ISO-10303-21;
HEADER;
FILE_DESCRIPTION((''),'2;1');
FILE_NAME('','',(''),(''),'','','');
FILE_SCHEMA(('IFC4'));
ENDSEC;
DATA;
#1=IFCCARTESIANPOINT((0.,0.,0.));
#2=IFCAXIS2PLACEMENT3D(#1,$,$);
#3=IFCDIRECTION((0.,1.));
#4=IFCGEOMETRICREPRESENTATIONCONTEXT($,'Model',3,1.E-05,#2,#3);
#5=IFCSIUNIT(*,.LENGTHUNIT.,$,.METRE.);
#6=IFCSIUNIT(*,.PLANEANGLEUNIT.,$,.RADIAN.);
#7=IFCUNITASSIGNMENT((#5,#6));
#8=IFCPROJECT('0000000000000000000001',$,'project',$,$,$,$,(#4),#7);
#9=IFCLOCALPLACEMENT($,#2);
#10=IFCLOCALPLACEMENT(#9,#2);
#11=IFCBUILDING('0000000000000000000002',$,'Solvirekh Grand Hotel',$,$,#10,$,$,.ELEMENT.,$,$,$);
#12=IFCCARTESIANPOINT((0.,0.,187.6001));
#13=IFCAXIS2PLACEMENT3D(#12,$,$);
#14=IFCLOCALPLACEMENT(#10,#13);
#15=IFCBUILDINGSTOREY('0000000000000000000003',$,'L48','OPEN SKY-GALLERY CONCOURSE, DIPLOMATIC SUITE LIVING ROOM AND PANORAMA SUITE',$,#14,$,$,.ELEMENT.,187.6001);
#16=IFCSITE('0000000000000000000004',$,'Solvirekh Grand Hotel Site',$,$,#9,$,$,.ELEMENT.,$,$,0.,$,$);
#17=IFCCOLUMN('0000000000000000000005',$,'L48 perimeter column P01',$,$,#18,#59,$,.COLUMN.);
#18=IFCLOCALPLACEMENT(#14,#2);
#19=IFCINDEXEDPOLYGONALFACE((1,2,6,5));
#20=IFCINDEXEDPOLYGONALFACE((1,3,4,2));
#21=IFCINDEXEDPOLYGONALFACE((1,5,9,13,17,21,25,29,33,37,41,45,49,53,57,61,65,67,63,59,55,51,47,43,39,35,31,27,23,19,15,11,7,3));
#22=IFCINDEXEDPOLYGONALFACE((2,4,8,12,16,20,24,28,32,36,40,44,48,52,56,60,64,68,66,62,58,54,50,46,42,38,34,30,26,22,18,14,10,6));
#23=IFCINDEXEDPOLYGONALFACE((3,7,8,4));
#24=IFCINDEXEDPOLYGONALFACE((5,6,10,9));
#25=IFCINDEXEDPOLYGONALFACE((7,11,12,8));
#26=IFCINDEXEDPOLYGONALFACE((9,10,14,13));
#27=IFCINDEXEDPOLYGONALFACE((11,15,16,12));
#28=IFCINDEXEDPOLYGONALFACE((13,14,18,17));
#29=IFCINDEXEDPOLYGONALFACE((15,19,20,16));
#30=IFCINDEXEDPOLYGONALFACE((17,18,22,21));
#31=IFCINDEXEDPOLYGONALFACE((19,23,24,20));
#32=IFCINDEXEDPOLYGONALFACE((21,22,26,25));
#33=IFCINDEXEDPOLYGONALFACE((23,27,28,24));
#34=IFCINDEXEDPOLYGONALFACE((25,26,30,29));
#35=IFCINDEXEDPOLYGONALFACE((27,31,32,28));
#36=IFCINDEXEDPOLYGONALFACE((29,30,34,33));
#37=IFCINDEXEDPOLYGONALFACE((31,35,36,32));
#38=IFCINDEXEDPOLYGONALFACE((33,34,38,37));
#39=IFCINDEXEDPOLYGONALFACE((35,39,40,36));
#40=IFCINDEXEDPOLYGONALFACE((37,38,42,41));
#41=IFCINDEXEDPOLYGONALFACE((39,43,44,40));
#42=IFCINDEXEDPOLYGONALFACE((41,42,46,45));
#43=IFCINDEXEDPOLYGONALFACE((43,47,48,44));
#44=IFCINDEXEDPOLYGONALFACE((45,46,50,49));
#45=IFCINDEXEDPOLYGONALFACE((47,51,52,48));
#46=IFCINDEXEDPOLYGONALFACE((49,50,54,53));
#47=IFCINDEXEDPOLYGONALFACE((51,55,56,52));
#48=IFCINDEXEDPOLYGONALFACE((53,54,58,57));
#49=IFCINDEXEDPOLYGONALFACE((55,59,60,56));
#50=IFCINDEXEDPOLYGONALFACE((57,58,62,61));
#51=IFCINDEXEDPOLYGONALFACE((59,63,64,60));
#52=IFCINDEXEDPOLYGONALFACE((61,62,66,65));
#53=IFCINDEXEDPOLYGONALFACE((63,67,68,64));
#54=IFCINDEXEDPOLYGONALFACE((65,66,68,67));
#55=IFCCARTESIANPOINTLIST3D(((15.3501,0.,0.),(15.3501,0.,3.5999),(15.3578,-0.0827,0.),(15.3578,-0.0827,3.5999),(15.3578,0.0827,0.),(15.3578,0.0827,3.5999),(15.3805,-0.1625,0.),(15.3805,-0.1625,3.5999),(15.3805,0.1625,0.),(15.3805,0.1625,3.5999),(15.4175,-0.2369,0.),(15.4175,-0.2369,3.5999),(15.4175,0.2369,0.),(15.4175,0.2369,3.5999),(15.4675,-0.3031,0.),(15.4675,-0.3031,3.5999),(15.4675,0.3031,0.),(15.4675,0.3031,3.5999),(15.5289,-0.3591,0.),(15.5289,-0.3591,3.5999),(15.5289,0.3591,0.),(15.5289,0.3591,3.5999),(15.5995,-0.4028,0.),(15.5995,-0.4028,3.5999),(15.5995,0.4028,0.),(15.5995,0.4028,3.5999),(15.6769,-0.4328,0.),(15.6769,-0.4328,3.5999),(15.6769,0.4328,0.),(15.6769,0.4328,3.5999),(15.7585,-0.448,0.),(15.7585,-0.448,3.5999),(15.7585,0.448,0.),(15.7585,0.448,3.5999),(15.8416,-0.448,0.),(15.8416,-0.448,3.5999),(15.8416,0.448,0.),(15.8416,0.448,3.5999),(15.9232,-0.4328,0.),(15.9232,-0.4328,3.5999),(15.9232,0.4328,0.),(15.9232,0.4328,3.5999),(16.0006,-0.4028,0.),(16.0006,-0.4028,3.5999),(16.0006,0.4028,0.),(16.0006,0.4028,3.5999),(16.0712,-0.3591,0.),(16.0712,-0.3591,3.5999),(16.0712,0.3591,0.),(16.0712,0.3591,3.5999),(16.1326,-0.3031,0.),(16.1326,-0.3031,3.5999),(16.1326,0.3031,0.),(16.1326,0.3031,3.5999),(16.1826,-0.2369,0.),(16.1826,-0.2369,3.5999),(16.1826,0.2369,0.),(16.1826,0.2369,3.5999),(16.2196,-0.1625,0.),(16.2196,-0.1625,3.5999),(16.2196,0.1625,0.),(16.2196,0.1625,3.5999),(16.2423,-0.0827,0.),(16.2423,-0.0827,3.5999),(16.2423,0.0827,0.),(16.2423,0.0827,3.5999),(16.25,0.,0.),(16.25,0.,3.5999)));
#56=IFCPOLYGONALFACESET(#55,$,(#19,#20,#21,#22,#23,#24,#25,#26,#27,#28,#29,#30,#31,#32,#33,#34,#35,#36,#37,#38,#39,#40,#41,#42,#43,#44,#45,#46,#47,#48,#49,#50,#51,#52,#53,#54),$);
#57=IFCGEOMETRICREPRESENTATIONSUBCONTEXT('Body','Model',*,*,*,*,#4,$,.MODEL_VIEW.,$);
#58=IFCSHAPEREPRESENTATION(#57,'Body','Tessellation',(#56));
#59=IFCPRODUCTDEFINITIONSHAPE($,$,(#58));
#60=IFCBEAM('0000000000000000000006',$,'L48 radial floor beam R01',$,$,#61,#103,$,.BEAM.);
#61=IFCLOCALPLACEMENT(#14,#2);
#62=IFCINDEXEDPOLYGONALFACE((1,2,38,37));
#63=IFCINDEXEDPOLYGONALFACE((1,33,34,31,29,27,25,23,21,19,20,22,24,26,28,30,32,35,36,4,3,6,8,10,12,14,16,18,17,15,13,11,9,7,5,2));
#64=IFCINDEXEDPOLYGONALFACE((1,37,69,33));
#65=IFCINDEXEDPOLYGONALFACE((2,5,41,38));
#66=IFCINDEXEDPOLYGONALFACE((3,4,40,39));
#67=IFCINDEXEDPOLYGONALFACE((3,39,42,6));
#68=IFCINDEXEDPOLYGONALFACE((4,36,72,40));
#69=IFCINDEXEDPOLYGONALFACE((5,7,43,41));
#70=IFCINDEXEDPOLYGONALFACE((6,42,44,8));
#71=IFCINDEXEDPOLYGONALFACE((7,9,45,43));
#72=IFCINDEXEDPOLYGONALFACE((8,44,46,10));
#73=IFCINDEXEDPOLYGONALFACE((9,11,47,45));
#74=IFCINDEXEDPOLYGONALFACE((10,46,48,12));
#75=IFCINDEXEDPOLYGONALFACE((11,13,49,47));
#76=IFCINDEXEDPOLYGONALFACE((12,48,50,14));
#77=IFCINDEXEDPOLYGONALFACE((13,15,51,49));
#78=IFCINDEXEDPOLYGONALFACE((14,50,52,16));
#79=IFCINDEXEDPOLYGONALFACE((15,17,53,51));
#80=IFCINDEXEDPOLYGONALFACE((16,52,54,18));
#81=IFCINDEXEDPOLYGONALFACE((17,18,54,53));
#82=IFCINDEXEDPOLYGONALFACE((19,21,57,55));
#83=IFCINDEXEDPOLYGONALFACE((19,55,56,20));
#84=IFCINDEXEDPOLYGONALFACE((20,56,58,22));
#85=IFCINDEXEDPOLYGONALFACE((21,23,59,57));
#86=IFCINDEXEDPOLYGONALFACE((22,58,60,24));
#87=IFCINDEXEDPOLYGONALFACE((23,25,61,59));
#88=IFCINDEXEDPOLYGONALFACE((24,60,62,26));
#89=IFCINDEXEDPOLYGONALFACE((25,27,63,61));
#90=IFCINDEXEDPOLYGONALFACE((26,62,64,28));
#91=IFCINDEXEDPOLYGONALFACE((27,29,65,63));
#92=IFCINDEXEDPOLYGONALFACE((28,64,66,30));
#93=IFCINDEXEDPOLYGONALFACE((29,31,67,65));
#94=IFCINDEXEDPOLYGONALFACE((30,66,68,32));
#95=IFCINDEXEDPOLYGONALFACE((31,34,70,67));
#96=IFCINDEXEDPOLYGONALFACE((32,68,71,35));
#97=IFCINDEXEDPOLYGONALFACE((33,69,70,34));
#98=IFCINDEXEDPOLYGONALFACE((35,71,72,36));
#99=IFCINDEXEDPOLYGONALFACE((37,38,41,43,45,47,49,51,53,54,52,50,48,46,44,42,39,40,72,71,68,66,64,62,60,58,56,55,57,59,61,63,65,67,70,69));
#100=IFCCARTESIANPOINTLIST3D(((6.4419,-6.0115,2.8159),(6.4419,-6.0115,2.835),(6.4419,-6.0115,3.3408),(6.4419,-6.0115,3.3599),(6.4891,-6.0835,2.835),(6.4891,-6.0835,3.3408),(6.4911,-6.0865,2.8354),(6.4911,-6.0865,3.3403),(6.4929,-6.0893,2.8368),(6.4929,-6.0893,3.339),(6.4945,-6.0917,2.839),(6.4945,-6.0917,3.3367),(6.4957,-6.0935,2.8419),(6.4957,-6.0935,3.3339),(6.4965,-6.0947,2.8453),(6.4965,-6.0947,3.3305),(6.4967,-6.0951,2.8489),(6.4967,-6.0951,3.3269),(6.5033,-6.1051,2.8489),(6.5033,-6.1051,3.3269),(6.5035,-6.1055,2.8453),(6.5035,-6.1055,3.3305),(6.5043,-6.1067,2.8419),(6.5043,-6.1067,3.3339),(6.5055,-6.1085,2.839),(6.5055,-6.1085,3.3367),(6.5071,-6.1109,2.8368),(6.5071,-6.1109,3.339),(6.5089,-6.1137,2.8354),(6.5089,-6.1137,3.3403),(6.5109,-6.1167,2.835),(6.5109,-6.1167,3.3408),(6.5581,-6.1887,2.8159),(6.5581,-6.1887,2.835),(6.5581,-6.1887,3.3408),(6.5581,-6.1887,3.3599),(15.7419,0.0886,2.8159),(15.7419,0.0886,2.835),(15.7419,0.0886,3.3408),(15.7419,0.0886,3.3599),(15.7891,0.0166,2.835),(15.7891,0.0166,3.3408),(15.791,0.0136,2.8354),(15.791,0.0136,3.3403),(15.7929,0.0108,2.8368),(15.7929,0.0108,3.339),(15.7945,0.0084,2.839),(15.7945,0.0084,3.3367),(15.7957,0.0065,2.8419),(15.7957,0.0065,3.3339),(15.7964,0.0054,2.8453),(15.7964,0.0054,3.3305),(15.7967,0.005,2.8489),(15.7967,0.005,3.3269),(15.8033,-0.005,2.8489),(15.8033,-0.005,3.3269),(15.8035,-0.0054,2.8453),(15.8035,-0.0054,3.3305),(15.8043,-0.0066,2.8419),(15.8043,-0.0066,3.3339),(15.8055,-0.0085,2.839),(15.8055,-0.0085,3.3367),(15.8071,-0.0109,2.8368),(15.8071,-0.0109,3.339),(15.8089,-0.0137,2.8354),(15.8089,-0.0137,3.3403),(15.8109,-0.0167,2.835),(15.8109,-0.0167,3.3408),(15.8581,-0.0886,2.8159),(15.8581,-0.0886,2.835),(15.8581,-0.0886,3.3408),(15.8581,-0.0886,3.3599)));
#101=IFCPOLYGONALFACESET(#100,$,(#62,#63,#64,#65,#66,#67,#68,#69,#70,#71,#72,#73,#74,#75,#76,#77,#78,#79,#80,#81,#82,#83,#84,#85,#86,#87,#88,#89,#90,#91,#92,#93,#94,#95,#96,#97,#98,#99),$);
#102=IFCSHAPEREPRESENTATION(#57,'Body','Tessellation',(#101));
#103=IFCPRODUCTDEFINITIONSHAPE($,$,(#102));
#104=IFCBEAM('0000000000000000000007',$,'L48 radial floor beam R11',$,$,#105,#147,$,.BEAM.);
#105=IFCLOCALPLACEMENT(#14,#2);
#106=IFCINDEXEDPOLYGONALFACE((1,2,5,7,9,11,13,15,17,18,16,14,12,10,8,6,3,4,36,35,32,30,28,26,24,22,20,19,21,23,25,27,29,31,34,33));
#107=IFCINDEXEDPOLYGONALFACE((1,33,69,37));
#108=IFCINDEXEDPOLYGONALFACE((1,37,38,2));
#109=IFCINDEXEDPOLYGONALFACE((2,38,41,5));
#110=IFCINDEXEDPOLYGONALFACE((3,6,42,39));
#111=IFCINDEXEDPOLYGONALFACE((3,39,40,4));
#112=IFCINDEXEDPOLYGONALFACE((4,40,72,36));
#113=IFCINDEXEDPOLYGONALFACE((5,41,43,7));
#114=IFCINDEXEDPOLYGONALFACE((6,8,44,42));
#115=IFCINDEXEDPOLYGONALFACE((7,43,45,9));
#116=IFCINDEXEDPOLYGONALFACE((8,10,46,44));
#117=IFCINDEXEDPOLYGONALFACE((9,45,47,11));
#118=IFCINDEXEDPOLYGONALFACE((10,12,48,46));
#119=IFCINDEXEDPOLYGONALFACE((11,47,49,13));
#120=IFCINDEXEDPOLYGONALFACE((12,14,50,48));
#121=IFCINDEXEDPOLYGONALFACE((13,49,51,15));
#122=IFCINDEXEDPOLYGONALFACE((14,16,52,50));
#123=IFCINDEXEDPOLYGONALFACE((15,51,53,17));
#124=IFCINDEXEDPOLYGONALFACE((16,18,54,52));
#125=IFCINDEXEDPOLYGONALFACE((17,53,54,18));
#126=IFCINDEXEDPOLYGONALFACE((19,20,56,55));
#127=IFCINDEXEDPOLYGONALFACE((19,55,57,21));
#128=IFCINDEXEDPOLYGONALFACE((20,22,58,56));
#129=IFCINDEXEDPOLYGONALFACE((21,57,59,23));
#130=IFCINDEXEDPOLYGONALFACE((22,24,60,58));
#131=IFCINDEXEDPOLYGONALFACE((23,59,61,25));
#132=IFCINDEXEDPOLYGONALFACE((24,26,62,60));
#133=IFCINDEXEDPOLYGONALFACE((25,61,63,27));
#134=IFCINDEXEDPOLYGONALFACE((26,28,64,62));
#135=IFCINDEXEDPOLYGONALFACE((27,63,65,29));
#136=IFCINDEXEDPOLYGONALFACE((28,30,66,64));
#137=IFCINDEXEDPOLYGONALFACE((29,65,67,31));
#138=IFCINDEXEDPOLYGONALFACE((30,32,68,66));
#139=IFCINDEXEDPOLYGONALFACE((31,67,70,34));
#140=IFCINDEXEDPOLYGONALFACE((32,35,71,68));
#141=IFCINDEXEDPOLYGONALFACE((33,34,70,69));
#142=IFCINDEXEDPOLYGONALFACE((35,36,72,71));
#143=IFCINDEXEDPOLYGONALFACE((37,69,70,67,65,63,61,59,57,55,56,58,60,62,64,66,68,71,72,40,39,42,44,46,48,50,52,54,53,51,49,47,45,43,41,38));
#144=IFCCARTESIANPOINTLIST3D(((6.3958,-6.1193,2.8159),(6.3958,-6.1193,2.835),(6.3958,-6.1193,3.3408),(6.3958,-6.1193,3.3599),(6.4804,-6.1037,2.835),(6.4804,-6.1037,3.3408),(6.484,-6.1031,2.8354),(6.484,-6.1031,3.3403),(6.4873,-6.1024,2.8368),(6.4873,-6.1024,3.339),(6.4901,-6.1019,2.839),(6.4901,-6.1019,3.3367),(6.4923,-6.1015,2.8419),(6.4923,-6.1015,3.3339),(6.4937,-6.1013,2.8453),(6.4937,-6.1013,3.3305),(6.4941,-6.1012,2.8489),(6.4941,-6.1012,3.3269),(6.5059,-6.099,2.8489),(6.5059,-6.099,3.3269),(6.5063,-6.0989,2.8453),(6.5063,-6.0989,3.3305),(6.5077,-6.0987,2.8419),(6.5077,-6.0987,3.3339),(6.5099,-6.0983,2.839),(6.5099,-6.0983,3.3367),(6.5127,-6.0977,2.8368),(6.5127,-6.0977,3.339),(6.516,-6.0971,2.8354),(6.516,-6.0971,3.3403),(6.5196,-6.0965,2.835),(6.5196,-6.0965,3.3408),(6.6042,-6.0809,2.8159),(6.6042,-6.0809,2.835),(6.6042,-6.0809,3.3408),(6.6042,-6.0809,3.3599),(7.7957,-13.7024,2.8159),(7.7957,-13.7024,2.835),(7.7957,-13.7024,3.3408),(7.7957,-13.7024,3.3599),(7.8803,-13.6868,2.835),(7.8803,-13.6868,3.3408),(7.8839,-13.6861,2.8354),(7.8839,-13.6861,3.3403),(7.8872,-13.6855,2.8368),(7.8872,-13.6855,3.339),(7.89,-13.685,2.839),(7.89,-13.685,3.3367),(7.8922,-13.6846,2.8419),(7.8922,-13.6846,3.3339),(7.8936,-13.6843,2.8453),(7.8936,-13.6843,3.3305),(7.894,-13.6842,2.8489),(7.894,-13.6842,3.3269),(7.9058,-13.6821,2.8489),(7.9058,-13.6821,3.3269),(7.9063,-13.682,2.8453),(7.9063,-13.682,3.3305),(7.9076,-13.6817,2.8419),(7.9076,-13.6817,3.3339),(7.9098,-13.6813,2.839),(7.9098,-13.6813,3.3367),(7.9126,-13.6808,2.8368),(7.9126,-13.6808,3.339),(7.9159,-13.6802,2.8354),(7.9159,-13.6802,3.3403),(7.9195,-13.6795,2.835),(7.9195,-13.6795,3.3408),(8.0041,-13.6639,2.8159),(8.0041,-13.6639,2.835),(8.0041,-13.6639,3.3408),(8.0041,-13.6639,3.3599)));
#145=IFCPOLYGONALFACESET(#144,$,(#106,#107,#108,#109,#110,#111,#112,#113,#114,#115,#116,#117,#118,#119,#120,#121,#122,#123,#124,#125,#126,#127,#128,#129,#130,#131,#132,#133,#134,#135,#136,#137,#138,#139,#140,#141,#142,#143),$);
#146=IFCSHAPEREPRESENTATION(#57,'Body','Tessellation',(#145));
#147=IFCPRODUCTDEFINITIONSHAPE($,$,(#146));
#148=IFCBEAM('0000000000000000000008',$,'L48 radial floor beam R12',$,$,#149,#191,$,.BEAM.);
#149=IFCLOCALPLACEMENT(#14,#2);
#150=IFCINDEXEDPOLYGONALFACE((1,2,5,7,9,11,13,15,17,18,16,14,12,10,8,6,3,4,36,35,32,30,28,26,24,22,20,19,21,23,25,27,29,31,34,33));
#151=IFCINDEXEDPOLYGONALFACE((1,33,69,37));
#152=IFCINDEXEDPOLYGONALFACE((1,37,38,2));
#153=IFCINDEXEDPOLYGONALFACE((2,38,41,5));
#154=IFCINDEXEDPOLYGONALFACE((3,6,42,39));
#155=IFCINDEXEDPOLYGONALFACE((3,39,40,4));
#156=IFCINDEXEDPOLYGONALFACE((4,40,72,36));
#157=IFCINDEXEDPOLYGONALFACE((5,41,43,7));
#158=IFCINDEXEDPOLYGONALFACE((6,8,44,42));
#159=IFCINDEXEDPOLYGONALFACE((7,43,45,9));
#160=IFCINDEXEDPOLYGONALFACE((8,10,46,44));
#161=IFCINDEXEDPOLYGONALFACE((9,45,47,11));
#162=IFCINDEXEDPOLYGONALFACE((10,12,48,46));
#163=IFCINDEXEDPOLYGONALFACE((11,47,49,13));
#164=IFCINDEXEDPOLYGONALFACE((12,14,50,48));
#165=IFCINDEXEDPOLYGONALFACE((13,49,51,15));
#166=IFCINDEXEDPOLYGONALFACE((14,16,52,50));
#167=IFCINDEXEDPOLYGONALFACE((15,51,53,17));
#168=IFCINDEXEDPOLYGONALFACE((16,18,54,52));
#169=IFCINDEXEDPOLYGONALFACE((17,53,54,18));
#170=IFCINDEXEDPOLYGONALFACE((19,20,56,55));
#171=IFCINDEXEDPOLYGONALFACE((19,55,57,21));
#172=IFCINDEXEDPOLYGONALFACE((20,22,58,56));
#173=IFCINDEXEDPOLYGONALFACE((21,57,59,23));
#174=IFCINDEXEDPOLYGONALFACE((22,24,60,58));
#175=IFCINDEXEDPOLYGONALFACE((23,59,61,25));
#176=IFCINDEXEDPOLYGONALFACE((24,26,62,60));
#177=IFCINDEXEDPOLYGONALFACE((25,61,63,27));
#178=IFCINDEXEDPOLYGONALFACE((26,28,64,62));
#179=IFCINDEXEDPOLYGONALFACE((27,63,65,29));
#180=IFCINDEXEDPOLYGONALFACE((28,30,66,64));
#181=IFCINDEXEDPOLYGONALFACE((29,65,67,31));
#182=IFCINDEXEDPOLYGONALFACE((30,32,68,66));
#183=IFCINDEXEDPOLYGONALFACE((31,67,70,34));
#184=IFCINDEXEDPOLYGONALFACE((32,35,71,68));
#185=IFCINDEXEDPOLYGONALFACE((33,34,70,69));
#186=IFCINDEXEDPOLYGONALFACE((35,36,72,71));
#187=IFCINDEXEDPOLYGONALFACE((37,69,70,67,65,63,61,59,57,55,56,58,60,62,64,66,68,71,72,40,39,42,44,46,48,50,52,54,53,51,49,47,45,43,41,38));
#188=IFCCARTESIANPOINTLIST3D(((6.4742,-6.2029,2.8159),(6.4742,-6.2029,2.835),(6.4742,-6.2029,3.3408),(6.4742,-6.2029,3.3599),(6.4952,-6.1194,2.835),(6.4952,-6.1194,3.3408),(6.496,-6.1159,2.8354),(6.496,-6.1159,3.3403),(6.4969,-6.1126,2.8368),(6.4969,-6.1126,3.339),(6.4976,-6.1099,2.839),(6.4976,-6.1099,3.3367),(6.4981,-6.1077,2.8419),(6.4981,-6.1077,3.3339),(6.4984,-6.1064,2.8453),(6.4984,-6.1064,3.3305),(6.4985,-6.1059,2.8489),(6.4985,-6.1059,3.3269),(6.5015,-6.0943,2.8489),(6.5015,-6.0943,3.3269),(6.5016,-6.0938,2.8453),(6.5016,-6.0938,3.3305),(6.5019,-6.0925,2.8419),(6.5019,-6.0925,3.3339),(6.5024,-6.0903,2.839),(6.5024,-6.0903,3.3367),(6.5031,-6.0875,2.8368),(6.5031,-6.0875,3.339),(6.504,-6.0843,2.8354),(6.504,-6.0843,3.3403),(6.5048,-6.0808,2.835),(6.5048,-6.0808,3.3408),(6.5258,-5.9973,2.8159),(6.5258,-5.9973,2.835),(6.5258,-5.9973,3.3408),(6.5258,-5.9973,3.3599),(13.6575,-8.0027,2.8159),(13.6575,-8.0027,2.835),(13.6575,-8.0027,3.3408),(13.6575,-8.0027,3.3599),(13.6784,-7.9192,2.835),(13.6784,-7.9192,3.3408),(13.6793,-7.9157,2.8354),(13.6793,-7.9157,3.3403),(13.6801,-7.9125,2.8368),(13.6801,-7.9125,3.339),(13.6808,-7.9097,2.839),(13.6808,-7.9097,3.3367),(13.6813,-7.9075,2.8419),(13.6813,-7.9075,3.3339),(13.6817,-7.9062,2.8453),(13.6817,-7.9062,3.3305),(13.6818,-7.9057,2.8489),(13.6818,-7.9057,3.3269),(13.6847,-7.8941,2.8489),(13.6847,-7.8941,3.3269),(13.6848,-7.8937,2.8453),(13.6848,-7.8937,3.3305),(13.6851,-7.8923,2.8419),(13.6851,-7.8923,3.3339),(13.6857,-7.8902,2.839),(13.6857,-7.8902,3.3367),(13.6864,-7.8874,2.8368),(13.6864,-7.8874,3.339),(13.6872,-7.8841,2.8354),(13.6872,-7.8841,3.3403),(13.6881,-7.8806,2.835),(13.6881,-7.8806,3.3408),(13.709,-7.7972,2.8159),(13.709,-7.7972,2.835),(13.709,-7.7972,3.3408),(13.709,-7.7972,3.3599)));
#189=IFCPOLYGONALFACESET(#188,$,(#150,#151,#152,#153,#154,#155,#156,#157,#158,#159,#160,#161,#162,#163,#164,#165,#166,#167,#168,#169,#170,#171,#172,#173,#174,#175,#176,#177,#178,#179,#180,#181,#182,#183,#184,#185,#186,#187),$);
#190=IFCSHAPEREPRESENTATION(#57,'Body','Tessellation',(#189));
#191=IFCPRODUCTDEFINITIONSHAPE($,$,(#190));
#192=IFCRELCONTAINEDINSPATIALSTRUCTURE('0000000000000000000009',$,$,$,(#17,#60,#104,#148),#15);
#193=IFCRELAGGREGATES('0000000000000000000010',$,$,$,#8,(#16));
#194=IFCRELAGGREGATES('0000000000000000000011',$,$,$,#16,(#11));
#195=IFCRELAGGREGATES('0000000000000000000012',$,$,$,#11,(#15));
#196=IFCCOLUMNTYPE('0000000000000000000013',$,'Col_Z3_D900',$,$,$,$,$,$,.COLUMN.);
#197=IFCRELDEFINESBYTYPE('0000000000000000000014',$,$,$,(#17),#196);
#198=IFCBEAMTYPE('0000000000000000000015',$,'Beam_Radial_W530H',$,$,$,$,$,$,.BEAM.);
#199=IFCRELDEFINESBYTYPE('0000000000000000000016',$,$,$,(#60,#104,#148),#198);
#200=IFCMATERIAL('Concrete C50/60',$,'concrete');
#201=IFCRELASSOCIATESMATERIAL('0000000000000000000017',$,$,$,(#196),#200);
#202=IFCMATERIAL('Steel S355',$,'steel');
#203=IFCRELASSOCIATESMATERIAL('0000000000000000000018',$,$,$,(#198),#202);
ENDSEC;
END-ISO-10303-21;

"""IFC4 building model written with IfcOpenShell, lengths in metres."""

from ifc_helpers import new_model, si_unit, direction, frame, origin, origin_2d, place, context, subcontext, project, spatial, circle, i_section, extrude, material, material_profile, profile_set, type_object, element, save


model = new_model("IFC4")

# Units and contexts
model_context = context("Model", 3, precision=1e-05, world=origin(), true_north=direction((0.0, 1.0)))
body_context = subcontext(model_context, "Body", "Model", "MODEL_VIEW")
ifc_project = project(units=[si_unit("LENGTHUNIT", "METRE"), si_unit("PLANEANGLEUNIT", "RADIAN")], contexts=[model_context])

# Site, building, storey
site_placement = place(None, origin())
site = spatial("IfcSite", under=ifc_project, at=site_placement, Name="Solvirekh Grand Hotel Site", CompositionType="ELEMENT", RefElevation=0.0)
building_placement = place(site_placement, origin())
building = spatial("IfcBuilding", under=site, at=building_placement, Name="Solvirekh Grand Hotel", CompositionType="ELEMENT")
storey_placement = place(building_placement, frame((0.0, 0.0, 187.6001)))
storey = spatial("IfcBuildingStorey", under=building, at=storey_placement, Name="L48", Description="OPEN SKY-GALLERY CONCOURSE, DIPLOMATIC SUITE LIVING ROOM AND PANORAMA SUITE", CompositionType="ELEMENT", Elevation=187.6001)

# Column
ifc_material_1 = material(Name="Concrete C50/60", Category="concrete")
ifc_material_profile_1 = material_profile(ifc_material_1, circle(Radius=0.45, at=origin_2d()), Name="RC CIRC D900")
ifc_profile_set_1 = profile_set([ifc_material_profile_1], Name="Concrete C50/60")
column_type = type_object("IfcColumnType", Name="Col_Z3_D900", PredefinedType="COLUMN", material=ifc_profile_set_1)
column_placement = place(storey_placement, frame((15.8, 0.0, 0.0), z_axis=(0.0, 0.0, 1.0), x_axis=(1.0, 0.0, 0.0)))
element("IfcColumn", 1, at=column_placement, inside=storey, type_object=column_type, Name="L48 perimeter column P01", PredefinedType="COLUMN", context=body_context, shape_type="SweptSolid", body=[
    extrude(circle(Radius=0.45, at=origin_2d()), origin(), (0.0, 0.0, 1.0), 3.5999),
])

# Beams
ifc_material_2 = material(Name="Steel S355", Category="steel")
ifc_material_profile_2 = material_profile(ifc_material_2, i_section(OverallWidth=0.2119, OverallDepth=0.5439, WebThickness=0.012, FlangeThickness=0.019, FilletRadius=0.0139, at=origin_2d()), Name="W530X123")
ifc_profile_set_2 = profile_set([ifc_material_profile_2], Name="Steel S355")
beam_type_1 = type_object("IfcBeamType", Name="Beam_Radial_W530H", PredefinedType="BEAM", material=ifc_profile_set_2)
beam_1_placement = place(storey_placement, frame((6.5, -6.1001, 3.0879), z_axis=(0.836174, 0.548464, 0.0), x_axis=(-0.548464, 0.836174, 0.0)))
element("IfcBeam", 2, at=beam_1_placement, inside=storey, type_object=beam_type_1, Name="L48 radial floor beam R01", PredefinedType="BEAM", context=body_context, shape_type="SweptSolid", body=[
    extrude(i_section(OverallWidth=0.2119, OverallDepth=0.5439, WebThickness=0.012, FlangeThickness=0.019, FilletRadius=0.0139, at=origin_2d()), origin(), (0.0, 0.0, 1.0), 11.1221),
])
beam_2_placement = place(storey_placement, frame((6.5, -6.1001, 3.0879), z_axis=(0.181543, -0.983383, 0.0), x_axis=(0.983383, 0.181543, 0.0)))
element("IfcBeam", 3, at=beam_2_placement, inside=storey, type_object=beam_type_1, Name="L48 radial floor beam R11", PredefinedType="BEAM", context=body_context, shape_type="SweptSolid", body=[
    extrude(i_section(OverallWidth=0.2119, OverallDepth=0.5439, WebThickness=0.012, FlangeThickness=0.019, FilletRadius=0.0139, at=origin_2d()), origin(), (0.0, 0.0, 1.0), 7.7112),
])
beam_3_placement = place(storey_placement, frame((6.5, -6.1001, 3.0879), z_axis=(0.970014, -0.243048, 0.0), x_axis=(0.243048, 0.970014, 0.0)))
element("IfcBeam", 4, at=beam_3_placement, inside=storey, type_object=beam_type_1, Name="L48 radial floor beam R12", PredefinedType="BEAM", context=body_context, shape_type="SweptSolid", body=[
    extrude(i_section(OverallWidth=0.2119, OverallDepth=0.5439, WebThickness=0.012, FlangeThickness=0.019, FilletRadius=0.0139, at=origin_2d()), origin(), (0.0, 0.0, 1.0), 7.4053),
])

save(model, "model.ifc")
